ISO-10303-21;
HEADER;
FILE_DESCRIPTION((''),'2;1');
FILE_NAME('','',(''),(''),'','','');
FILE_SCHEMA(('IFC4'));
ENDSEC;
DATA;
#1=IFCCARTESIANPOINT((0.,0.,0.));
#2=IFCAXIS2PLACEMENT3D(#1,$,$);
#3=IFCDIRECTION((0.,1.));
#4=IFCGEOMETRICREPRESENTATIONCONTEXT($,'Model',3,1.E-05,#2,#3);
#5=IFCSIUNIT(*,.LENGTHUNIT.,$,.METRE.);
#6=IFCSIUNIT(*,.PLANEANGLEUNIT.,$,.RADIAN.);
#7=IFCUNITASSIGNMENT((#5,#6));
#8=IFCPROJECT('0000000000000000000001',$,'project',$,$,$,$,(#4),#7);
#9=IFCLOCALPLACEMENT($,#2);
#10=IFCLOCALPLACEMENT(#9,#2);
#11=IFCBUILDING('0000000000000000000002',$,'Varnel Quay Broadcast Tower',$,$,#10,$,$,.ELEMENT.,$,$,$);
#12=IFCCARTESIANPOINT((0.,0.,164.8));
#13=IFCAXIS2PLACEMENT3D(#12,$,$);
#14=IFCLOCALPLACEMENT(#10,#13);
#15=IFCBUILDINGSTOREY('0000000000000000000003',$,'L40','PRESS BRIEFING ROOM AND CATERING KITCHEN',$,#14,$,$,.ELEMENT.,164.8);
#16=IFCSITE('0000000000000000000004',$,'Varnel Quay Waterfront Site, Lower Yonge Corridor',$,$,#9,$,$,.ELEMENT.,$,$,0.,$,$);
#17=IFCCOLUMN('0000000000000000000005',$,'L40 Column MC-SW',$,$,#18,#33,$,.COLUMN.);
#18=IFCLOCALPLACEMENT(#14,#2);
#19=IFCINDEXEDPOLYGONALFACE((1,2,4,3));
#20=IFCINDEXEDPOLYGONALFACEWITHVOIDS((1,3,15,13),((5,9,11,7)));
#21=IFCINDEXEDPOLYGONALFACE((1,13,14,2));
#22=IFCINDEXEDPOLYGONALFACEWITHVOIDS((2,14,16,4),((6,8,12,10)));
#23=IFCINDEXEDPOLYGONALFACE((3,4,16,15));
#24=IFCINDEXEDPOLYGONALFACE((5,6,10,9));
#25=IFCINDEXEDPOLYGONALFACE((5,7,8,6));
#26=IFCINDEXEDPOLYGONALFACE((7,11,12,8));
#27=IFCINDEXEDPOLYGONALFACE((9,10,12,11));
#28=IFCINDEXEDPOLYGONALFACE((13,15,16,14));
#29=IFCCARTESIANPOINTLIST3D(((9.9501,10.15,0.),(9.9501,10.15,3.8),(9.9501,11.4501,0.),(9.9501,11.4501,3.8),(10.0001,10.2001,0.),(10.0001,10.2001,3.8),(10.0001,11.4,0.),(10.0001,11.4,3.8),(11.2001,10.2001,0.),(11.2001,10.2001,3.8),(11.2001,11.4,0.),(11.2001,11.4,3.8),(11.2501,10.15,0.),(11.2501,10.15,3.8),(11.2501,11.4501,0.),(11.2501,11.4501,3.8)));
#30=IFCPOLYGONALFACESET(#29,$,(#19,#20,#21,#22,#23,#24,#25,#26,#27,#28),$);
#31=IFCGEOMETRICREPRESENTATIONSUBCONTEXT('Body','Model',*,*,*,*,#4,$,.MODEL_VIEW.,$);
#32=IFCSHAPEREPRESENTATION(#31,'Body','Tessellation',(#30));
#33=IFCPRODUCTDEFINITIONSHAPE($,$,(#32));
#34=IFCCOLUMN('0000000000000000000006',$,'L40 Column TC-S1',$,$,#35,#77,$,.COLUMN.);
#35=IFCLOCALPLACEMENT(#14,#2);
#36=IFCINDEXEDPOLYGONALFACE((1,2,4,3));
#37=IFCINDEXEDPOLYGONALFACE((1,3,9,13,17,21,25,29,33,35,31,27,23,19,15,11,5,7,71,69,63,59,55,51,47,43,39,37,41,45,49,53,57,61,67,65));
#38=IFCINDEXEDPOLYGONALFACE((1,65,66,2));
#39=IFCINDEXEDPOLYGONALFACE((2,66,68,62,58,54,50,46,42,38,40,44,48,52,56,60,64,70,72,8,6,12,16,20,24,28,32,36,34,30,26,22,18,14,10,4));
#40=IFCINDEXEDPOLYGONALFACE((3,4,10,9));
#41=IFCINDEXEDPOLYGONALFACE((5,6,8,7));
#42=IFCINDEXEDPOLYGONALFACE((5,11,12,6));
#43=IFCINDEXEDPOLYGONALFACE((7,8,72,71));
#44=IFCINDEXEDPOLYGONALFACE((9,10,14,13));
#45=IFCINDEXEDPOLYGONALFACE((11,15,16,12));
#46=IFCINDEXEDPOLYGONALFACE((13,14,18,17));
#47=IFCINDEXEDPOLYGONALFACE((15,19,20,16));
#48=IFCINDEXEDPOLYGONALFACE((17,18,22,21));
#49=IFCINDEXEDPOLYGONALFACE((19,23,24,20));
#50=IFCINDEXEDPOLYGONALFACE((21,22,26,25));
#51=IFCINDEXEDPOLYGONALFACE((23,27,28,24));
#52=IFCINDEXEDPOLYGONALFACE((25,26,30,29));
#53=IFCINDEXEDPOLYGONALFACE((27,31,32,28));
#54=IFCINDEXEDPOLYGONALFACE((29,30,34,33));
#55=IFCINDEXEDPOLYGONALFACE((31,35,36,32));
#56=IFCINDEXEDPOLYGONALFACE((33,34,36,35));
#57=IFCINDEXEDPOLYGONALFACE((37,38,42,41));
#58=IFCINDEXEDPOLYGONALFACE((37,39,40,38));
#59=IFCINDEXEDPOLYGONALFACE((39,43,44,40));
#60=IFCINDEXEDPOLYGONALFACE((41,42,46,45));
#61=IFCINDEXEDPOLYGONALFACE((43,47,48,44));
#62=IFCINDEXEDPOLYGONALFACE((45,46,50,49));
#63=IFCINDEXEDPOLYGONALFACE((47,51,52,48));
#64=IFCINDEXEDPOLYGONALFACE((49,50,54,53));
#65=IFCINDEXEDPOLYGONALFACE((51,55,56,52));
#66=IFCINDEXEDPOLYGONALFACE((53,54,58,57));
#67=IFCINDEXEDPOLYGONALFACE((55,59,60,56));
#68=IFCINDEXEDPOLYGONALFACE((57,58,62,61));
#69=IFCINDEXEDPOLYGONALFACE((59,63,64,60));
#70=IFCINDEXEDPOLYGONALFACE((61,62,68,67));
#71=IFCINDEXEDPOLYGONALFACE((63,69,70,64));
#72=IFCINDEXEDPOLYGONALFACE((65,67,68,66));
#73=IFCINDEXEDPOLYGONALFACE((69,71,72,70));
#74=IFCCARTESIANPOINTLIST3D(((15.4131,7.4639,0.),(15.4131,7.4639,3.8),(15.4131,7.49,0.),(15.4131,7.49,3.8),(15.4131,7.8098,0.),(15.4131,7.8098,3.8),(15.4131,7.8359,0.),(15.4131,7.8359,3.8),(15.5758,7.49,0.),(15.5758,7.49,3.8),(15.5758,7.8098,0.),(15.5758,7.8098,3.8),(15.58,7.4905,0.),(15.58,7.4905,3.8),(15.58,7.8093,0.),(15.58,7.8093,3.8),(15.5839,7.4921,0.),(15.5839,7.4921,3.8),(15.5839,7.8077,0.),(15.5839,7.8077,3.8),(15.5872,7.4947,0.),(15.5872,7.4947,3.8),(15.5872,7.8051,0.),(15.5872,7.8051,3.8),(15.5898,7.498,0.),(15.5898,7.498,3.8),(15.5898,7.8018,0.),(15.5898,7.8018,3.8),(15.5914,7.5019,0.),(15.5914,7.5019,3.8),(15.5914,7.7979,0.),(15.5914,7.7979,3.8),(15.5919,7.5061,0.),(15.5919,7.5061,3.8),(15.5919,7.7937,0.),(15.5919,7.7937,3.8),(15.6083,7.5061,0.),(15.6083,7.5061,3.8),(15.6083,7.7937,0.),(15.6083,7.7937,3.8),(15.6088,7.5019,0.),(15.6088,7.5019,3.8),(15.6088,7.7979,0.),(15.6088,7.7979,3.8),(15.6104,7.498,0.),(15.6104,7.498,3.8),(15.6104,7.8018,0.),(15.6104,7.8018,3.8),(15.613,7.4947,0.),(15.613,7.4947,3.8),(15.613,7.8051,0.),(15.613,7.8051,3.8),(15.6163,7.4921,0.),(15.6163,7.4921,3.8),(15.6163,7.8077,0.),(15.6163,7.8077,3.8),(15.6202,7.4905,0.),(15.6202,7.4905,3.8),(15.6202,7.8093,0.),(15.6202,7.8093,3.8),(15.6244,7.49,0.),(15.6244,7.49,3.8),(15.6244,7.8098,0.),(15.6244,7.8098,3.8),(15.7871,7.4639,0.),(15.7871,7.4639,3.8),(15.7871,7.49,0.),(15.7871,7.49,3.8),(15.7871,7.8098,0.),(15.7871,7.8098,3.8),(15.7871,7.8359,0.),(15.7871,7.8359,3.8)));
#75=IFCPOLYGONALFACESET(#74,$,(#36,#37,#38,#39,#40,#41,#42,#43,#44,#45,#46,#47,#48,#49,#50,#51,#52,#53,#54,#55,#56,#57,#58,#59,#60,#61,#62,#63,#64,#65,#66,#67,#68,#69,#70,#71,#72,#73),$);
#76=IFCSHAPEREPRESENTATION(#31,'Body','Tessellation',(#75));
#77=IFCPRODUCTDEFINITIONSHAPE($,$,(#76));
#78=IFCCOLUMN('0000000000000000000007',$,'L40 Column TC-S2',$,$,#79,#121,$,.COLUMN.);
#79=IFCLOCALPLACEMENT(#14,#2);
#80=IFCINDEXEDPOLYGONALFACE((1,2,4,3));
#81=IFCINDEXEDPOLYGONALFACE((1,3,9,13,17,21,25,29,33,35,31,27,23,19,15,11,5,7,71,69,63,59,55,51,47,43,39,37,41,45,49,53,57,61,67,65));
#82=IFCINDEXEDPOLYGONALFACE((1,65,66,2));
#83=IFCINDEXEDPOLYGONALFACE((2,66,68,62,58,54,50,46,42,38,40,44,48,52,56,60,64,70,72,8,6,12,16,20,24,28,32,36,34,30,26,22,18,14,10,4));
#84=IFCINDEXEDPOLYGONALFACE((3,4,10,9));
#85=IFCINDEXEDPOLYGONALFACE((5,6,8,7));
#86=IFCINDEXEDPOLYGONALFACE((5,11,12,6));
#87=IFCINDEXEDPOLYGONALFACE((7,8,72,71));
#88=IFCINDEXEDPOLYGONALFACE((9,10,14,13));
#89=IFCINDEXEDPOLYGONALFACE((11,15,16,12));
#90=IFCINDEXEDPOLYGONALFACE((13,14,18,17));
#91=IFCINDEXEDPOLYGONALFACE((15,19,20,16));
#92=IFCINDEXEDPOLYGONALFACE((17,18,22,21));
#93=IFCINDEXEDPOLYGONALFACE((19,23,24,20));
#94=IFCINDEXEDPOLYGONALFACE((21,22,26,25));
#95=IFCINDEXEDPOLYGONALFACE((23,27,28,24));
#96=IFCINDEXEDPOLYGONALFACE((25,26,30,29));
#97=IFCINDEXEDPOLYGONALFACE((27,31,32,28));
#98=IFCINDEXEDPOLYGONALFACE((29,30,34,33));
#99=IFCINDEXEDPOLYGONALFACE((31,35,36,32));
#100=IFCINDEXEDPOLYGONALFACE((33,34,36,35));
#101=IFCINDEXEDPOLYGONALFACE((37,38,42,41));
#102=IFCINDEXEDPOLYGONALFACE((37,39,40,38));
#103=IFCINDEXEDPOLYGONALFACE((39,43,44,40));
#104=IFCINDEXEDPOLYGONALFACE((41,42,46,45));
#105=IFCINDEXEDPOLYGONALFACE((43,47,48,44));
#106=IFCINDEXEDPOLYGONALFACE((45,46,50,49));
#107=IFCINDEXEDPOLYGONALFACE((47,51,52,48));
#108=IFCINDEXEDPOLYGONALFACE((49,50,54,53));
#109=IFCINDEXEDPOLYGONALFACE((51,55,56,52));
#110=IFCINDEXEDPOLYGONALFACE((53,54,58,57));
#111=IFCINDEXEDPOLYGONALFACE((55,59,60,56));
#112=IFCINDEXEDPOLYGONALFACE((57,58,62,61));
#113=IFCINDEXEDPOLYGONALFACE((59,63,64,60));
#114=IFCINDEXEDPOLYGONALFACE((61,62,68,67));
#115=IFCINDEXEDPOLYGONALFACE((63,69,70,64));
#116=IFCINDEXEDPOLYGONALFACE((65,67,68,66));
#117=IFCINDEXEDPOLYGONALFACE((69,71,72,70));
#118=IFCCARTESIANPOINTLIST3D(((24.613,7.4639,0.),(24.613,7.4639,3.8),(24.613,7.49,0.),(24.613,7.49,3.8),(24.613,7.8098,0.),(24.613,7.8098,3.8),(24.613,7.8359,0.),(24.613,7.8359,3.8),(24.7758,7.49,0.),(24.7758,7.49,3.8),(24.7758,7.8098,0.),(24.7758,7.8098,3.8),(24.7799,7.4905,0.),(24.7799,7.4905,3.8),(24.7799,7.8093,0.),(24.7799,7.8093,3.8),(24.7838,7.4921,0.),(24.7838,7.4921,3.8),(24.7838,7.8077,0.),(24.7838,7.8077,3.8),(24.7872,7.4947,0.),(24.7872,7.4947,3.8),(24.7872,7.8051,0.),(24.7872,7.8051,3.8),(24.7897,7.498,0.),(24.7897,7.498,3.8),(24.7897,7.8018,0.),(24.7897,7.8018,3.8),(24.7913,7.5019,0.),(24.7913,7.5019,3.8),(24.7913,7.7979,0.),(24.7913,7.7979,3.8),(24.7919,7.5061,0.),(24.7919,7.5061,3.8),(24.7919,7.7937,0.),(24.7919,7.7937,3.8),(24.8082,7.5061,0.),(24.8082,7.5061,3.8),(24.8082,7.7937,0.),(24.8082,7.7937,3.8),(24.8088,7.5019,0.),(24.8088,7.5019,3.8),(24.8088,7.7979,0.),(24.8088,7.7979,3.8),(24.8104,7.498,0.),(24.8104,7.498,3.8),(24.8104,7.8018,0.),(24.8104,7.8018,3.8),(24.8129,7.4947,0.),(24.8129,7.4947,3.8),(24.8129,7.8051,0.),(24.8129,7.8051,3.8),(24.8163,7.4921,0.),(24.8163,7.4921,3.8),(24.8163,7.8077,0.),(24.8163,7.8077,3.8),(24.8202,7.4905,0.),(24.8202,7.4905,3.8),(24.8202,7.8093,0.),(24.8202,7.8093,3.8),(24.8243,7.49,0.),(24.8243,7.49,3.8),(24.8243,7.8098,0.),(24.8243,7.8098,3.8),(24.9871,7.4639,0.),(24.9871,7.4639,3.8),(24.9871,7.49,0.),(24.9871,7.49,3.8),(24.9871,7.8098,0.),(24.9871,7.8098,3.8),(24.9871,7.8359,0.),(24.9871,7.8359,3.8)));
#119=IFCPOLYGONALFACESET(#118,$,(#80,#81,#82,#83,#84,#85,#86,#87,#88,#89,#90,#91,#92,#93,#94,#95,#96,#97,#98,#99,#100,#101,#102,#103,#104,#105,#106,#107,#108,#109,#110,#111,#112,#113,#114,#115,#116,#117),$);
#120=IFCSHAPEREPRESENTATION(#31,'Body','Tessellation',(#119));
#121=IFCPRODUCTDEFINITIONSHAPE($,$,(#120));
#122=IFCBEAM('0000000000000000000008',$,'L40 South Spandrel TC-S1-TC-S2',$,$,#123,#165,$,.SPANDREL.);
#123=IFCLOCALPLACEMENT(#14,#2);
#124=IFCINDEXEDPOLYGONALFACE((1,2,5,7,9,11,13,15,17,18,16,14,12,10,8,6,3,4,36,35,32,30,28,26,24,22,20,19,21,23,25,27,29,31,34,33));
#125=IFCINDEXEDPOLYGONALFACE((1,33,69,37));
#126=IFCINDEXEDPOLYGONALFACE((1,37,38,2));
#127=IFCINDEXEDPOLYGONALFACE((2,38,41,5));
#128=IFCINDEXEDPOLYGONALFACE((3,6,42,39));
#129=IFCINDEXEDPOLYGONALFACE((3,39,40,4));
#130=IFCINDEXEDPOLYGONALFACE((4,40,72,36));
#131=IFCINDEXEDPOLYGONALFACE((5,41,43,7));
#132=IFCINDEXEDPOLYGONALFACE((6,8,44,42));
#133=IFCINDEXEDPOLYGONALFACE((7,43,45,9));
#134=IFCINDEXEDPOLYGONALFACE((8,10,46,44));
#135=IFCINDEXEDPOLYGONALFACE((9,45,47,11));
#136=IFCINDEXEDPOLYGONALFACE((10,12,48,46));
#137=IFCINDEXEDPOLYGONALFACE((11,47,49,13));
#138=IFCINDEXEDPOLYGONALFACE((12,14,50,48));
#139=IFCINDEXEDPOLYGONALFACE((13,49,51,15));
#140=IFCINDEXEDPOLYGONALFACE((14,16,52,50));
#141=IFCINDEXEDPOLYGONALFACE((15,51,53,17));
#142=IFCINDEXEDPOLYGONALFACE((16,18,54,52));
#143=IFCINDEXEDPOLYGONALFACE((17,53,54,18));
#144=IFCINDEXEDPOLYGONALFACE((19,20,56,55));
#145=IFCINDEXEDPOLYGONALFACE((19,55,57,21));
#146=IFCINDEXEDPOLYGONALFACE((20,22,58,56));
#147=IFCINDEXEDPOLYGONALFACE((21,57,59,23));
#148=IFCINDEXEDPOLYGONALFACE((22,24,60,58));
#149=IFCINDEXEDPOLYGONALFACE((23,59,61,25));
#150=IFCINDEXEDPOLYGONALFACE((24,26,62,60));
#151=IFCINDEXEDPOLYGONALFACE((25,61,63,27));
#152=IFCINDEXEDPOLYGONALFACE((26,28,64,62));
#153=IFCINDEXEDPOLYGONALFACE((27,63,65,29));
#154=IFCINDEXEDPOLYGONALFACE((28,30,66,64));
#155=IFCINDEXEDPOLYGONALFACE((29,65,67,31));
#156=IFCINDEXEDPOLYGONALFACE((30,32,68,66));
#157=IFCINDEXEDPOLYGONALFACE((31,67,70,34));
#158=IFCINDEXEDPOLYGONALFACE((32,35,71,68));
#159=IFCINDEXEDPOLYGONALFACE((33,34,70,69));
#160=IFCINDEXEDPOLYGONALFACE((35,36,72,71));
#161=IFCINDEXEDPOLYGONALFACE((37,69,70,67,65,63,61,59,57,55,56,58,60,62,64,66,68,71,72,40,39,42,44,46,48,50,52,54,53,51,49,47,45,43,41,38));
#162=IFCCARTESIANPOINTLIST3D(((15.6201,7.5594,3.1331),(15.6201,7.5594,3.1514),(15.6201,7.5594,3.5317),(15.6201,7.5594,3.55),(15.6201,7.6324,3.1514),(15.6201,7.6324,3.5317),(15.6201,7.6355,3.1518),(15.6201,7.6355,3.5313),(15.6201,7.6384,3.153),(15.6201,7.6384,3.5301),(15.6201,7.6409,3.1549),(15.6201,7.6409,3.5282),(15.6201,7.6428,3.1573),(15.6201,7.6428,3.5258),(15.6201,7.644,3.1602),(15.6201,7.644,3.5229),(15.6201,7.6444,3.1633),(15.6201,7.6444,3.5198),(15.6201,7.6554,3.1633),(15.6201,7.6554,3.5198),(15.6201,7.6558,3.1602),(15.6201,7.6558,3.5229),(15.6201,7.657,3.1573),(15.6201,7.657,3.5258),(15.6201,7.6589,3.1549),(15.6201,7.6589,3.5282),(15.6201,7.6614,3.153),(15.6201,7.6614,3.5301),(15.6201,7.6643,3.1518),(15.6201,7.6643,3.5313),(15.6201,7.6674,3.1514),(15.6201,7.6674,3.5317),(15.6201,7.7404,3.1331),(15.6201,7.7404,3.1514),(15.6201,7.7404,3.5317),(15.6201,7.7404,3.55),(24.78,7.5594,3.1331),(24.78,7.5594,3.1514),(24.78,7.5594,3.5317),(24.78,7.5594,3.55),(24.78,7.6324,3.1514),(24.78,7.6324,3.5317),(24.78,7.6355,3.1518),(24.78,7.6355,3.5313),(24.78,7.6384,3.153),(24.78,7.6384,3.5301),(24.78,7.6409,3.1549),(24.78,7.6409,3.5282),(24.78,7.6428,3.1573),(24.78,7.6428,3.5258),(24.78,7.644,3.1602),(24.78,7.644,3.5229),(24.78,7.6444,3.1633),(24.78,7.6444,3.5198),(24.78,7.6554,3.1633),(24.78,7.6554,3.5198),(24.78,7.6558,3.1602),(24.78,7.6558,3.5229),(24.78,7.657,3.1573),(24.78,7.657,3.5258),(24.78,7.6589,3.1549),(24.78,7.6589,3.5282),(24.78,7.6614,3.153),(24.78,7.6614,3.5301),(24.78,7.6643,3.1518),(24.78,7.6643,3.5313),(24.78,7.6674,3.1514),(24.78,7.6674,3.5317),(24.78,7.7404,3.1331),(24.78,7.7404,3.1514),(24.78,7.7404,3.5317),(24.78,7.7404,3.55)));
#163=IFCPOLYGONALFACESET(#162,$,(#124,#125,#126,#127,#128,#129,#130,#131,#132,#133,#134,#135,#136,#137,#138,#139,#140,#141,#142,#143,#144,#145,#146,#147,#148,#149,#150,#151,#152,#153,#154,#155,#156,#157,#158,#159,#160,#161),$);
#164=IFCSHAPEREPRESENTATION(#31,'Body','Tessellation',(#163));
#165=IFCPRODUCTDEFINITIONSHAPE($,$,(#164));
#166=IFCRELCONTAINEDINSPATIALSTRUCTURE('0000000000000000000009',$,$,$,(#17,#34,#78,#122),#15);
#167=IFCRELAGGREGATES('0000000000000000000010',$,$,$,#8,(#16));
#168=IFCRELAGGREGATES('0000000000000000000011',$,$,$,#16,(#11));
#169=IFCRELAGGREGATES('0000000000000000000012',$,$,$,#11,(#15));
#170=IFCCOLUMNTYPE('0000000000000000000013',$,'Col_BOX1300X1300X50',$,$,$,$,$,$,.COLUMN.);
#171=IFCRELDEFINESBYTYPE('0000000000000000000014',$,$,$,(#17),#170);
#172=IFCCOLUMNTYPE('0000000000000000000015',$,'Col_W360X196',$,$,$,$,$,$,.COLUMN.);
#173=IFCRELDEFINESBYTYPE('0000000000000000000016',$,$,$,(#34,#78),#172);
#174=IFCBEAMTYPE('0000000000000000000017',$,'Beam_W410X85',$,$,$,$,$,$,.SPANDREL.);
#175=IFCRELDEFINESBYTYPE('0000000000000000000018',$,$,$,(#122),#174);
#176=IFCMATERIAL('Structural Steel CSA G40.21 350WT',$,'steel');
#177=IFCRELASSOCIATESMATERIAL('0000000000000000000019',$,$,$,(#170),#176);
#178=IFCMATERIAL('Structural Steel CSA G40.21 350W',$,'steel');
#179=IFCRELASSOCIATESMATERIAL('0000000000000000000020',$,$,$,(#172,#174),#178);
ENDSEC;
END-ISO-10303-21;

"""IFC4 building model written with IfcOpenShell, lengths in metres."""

from ifc_helpers import new_model, si_unit, direction, frame, origin, origin_2d, place, context, subcontext, project, spatial, hollow_rectangle, i_section, extrude, source, transform, mapped, material, material_profile, profile_set, type_object, type_shapes, element, save


model = new_model("IFC4")

# Units and contexts
model_context = context("Model", 3, precision=1e-05, world=origin(), true_north=direction((0.0, 1.0)))
body_context = subcontext(model_context, "Body", "Model", "MODEL_VIEW")
ifc_project = project(units=[si_unit("LENGTHUNIT", "METRE"), si_unit("PLANEANGLEUNIT", "RADIAN")], contexts=[model_context])

# Site, building, storey
site_placement = place(None, origin())
site = spatial("IfcSite", under=ifc_project, at=site_placement, Name="Varnel Quay Waterfront Site, Lower Yonge Corridor", CompositionType="ELEMENT", RefElevation=0.0)
building_placement = place(site_placement, origin())
building = spatial("IfcBuilding", under=site, at=building_placement, Name="Varnel Quay Broadcast Tower", CompositionType="ELEMENT")
storey_placement = place(building_placement, frame((0.0, 0.0, 164.8)))
storey = spatial("IfcBuildingStorey", under=building, at=storey_placement, Name="L40", Description="PRESS BRIEFING ROOM AND CATERING KITCHEN", CompositionType="ELEMENT", Elevation=164.8)

# Columns
ifc_material_1 = material(Name="Structural Steel CSA G40.21 350WT", Category="steel")
ifc_material_profile_1 = material_profile(ifc_material_1, hollow_rectangle(XDim=1.3, YDim=1.3, WallThickness=0.05, at=origin_2d()), Name="BOX1300X1300X50")
ifc_profile_set_1 = profile_set([ifc_material_profile_1], Name="Structural Steel CSA G40.21 350WT")
column_type_1 = type_object("IfcColumnType", Name="Col_BOX1300X1300X50", PredefinedType="COLUMN", material=ifc_profile_set_1)
shared_shape_1 = source(origin(), body_context, "Body", "SweptSolid", [
    extrude(hollow_rectangle(XDim=1.3, YDim=1.3, WallThickness=0.05, at=origin_2d()), origin(), (0.0, 0.0, 1.0), 3.8),
])
type_shapes(column_type_1, [shared_shape_1])
column_placement = place(storey_placement, frame((10.6001, 10.8, 0.0), z_axis=(0.0, 0.0, 1.0), x_axis=(1.0, 0.0, 0.0)))
element("IfcColumn", 1, at=column_placement, inside=storey, type_object=column_type_1, Name="L40 Column MC-SW", PredefinedType="COLUMN", context=body_context, shape_type="MappedRepresentation", body=[
    mapped(shared_shape_1, transform((0.0, 0.0, 0.0), x_axis=(1.0, 0.0, 0.0), y_axis=(0.0, 1.0, 0.0), z_axis=(0.0, 0.0, 1.0), scale=1.0)),
])
ifc_material_2 = material(Name="Structural Steel CSA G40.21 350W", Category="steel")
ifc_material_profile_2 = material_profile(ifc_material_2, i_section(OverallWidth=0.374, OverallDepth=0.3721, WebThickness=0.0164, FlangeThickness=0.0261, FilletRadius=0.0161, at=origin_2d()), Name="W360X196")
ifc_profile_set_2 = profile_set([ifc_material_profile_2], Name="Structural Steel CSA G40.21 350W")
column_type_2 = type_object("IfcColumnType", Name="Col_W360X196", PredefinedType="COLUMN", material=ifc_profile_set_2)
shared_shape_2 = source(origin(), body_context, "Body", "SweptSolid", [
    extrude(i_section(OverallWidth=0.374, OverallDepth=0.3721, WebThickness=0.0164, FlangeThickness=0.0261, FilletRadius=0.0161, at=origin_2d()), origin(), (0.0, 0.0, 1.0), 3.8),
])
type_shapes(column_type_2, [shared_shape_2])
for number, where, z_axis, x_axis, name in (
    (2, (15.6001, 7.6499, 0.0), (0.0, 0.0, 1.0), (1.0, 0.0, 0.0), "L40 Column TC-S1"),
    (3, (24.8, 7.6499, 0.0), (0.0, 0.0, 1.0), (1.0, 0.0, 0.0), "L40 Column TC-S2"),
):
    element("IfcColumn", number, at=place(storey_placement, frame(where, z_axis=z_axis, x_axis=x_axis)), inside=storey, type_object=column_type_2, Name=name, PredefinedType="COLUMN", context=body_context, shape_type="MappedRepresentation", body=[
        mapped(shared_shape_2, transform((0.0, 0.0, 0.0), x_axis=(1.0, 0.0, 0.0), y_axis=(0.0, 1.0, 0.0), z_axis=(0.0, 0.0, 1.0), scale=1.0)),
    ])

# Beam
ifc_material_profile_3 = material_profile(ifc_material_2, i_section(OverallWidth=0.1809, OverallDepth=0.417, WebThickness=0.011, FlangeThickness=0.0183, FilletRadius=0.012, at=origin_2d()), Name="W410X85")
ifc_profile_set_3 = profile_set([ifc_material_profile_3], Name="Structural Steel CSA G40.21 350W")
beam_type_1 = type_object("IfcBeamType", Name="Beam_W410X85", PredefinedType="SPANDREL", material=ifc_profile_set_3)
shared_shape_3 = source(origin(), body_context, "Body", "SweptSolid", [
    extrude(i_section(OverallWidth=0.1809, OverallDepth=0.417, WebThickness=0.011, FlangeThickness=0.0183, FilletRadius=0.012, at=origin_2d()), origin(), (0.0, 0.0, 1.0), 9.1599),
])
for number, where, z_axis, x_axis, name in (
    (4, (15.6201, 7.6499, 3.3416), (1.0, 0.0, 0.0), (0.0, 1.0, 0.0), "L40 South Spandrel TC-S1-TC-S2"),
):
    element("IfcBeam", number, at=place(storey_placement, frame(where, z_axis=z_axis, x_axis=x_axis)), inside=storey, type_object=beam_type_1, Name=name, PredefinedType="SPANDREL", context=body_context, shape_type="MappedRepresentation", body=[
        mapped(shared_shape_3, transform((0.0, 0.0, 0.0), x_axis=(1.0, 0.0, 0.0), y_axis=(0.0, 1.0, 0.0), z_axis=(0.0, 0.0, 1.0), scale=1.0)),
    ])

save(model, "model.ifc")
